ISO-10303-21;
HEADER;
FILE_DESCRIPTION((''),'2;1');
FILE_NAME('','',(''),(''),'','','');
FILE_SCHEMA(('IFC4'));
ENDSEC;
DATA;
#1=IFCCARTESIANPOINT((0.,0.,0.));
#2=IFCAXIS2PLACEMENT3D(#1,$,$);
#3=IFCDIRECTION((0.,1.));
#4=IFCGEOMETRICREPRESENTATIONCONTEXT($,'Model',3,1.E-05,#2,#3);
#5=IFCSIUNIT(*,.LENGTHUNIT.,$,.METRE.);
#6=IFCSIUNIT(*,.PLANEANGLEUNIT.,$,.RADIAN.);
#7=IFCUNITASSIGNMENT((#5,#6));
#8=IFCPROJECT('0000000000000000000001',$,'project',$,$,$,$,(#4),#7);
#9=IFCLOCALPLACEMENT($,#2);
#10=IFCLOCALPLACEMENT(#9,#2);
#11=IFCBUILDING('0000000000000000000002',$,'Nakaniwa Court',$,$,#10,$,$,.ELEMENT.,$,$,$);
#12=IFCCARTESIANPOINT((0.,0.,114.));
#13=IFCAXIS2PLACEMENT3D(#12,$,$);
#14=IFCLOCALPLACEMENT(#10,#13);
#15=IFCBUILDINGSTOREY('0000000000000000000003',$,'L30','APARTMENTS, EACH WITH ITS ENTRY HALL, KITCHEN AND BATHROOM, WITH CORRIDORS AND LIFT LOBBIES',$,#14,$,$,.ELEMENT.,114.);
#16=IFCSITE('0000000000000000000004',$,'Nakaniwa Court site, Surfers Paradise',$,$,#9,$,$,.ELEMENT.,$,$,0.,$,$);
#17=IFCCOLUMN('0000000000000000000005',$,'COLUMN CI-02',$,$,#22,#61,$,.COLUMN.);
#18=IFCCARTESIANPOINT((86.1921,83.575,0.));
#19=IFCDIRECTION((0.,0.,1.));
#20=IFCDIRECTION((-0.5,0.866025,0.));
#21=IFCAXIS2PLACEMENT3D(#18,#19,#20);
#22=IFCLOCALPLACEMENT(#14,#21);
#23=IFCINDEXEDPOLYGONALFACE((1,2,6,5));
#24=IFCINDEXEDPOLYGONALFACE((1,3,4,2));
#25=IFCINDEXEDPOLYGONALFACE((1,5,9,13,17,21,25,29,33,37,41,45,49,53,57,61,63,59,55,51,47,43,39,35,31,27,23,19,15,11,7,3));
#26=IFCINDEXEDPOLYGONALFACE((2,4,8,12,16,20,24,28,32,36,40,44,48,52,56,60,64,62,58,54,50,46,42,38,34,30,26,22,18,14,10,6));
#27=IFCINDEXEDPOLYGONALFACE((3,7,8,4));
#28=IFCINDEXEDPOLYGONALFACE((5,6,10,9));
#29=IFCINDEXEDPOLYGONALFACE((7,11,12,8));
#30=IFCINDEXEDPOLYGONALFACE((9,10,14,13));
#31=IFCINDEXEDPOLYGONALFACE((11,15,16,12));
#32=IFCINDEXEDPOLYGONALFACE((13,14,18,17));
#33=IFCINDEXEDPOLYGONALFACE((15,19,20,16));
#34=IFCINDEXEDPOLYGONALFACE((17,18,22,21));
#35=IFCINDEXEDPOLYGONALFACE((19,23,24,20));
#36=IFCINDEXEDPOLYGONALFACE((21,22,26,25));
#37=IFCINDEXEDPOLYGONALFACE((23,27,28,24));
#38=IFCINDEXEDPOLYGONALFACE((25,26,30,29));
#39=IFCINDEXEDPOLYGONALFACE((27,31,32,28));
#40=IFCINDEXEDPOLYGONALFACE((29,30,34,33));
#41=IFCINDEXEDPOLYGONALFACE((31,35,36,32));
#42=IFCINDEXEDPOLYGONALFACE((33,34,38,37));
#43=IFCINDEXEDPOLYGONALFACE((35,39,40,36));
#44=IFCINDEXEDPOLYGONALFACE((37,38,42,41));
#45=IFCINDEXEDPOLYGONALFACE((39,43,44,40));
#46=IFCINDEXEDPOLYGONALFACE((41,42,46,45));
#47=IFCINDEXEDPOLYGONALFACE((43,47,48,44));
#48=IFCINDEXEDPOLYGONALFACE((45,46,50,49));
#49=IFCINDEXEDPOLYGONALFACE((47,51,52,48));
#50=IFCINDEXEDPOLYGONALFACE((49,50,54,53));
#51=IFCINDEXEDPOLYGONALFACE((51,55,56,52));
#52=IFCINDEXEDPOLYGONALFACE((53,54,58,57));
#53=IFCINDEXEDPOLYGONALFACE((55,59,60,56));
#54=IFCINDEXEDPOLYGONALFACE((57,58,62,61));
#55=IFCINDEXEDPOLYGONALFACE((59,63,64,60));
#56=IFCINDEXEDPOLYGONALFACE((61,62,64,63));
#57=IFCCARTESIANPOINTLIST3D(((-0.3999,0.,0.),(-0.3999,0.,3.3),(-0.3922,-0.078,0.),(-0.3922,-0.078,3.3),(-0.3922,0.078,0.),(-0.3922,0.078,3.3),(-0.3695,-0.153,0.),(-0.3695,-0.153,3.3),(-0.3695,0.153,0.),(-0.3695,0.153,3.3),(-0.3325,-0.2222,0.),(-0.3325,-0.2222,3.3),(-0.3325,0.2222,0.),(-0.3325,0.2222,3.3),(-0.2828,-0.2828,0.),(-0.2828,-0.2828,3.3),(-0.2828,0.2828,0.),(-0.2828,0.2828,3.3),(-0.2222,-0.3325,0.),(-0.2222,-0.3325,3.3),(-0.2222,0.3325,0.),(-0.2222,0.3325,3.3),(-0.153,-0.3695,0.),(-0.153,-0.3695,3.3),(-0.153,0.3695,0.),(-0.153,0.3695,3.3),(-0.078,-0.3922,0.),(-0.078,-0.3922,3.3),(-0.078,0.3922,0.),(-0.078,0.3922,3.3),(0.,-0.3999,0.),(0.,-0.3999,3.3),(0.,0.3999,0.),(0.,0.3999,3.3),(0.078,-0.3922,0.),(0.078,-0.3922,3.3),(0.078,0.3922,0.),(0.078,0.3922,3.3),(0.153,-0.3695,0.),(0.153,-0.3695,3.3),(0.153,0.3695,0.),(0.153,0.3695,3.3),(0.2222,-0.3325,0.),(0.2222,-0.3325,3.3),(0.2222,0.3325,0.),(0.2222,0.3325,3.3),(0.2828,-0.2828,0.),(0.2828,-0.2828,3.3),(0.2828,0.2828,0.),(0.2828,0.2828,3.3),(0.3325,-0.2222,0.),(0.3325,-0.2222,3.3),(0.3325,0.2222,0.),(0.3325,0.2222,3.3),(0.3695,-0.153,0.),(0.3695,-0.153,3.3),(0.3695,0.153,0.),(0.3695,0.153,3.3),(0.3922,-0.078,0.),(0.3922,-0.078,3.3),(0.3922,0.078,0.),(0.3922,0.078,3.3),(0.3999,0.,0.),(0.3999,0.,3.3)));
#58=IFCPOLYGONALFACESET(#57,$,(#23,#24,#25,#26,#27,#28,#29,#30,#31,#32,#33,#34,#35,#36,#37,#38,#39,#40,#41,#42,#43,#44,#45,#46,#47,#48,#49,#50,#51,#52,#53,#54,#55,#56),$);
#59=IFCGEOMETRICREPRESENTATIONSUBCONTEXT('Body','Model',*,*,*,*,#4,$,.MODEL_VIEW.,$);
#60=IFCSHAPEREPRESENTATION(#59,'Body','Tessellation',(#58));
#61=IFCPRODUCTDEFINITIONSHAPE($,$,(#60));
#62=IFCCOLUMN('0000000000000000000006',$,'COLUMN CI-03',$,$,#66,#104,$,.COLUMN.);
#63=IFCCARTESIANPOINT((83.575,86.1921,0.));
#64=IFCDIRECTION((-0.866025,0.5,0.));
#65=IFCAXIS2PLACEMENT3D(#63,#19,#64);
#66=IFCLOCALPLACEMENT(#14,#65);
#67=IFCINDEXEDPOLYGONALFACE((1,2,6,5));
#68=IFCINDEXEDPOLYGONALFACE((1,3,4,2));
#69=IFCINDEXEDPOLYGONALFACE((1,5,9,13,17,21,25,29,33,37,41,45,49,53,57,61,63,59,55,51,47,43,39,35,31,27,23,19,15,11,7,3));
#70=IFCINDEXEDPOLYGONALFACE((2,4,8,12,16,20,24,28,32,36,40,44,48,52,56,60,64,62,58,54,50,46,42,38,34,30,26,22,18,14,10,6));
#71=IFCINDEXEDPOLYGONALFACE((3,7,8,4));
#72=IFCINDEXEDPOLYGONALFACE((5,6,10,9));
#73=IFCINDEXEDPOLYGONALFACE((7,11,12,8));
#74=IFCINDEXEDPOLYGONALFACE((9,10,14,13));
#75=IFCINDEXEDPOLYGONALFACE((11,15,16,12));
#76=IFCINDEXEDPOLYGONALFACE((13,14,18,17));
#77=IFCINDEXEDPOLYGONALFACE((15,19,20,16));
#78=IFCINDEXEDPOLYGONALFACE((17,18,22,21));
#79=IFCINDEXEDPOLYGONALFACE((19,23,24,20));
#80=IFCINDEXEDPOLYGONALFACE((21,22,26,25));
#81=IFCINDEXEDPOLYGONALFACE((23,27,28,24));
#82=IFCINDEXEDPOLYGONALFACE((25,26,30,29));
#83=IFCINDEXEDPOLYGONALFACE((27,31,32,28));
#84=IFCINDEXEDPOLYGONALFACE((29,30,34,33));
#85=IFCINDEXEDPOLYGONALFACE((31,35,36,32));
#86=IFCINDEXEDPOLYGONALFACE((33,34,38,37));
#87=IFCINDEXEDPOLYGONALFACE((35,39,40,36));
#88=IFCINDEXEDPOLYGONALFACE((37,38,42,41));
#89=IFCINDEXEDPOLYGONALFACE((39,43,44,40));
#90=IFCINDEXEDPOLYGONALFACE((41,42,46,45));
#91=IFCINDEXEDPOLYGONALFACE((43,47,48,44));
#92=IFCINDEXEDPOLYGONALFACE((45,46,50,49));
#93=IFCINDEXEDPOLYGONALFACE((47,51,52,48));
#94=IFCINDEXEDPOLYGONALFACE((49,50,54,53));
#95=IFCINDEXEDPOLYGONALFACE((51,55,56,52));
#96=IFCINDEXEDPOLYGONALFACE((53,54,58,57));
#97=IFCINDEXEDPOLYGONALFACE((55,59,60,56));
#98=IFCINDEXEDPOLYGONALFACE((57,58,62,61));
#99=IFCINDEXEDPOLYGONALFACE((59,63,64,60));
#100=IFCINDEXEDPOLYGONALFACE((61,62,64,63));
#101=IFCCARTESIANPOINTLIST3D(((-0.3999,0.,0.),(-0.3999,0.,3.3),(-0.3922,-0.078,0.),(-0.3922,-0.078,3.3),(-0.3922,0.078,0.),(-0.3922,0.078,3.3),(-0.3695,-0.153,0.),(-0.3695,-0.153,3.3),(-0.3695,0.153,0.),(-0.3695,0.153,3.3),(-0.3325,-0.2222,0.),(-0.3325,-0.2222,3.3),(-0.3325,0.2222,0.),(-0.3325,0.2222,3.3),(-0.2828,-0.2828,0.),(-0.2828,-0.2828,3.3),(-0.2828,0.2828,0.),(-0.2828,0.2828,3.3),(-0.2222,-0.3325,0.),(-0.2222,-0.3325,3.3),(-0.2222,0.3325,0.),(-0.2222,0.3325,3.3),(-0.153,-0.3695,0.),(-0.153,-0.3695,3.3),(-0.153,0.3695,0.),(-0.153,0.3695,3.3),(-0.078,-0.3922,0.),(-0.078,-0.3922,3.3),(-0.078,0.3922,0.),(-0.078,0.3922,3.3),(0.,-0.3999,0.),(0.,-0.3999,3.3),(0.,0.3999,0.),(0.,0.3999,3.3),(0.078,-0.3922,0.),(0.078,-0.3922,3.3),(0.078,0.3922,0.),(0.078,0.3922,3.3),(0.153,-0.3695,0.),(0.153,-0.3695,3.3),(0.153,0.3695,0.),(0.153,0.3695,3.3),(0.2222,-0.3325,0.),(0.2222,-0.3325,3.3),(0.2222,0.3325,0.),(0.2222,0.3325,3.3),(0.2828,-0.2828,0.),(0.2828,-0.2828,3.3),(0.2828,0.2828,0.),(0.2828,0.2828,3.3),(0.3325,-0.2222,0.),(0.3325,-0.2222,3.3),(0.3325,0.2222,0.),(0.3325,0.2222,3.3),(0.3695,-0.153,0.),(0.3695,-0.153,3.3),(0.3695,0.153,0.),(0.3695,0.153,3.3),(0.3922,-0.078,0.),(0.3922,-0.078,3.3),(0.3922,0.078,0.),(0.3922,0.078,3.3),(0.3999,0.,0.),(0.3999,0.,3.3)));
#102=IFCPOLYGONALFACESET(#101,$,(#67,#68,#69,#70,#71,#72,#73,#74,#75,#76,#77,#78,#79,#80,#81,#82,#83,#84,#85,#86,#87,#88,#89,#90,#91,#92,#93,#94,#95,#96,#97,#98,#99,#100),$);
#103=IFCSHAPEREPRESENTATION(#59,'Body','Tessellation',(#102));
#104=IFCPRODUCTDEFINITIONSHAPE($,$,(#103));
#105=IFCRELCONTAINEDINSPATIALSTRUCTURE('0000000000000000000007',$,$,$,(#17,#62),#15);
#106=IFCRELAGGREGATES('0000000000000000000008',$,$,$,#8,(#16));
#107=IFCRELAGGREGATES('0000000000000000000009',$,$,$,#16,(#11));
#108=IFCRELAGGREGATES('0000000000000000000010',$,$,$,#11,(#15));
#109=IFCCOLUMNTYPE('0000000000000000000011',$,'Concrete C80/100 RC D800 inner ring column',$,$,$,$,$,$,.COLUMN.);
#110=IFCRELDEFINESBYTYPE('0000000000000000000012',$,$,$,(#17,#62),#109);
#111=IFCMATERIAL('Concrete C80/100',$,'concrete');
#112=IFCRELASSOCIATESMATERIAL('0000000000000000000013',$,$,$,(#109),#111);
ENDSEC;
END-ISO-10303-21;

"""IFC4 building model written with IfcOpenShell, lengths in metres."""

from ifc_helpers import new_model, si_unit, direction, frame, origin, origin_2d, place, context, subcontext, project, spatial, circle, extrude, material, material_profile, profile_set, type_object, element, save


model = new_model("IFC4")

# Units and contexts
model_context = context("Model", 3, precision=1e-05, world=origin(), true_north=direction((0.0, 1.0)))
body_context = subcontext(model_context, "Body", "Model", "MODEL_VIEW")
ifc_project = project(units=[si_unit("LENGTHUNIT", "METRE"), si_unit("PLANEANGLEUNIT", "RADIAN")], contexts=[model_context])

# Site, building, storey
site_placement = place(None, origin())
site = spatial("IfcSite", under=ifc_project, at=site_placement, Name="Nakaniwa Court site, Surfers Paradise", CompositionType="ELEMENT", RefElevation=0.0)
building_placement = place(site_placement, origin())
building = spatial("IfcBuilding", under=site, at=building_placement, Name="Nakaniwa Court", CompositionType="ELEMENT")
storey_placement = place(building_placement, frame((0.0, 0.0, 114.0)))
storey = spatial("IfcBuildingStorey", under=building, at=storey_placement, Name="L30", Description="APARTMENTS, EACH WITH ITS ENTRY HALL, KITCHEN AND BATHROOM, WITH CORRIDORS AND LIFT LOBBIES", CompositionType="ELEMENT", Elevation=114.0)

# Columns
ifc_material_1 = material(Name="Concrete C80/100", Category="concrete")
ifc_material_profile_1 = material_profile(ifc_material_1, circle(Radius=0.3999, at=origin_2d()), Name="Concrete C80/100 RC D800 inner ring column")
ifc_profile_set_1 = profile_set([ifc_material_profile_1], Name="Concrete C80/100")
column_type = type_object("IfcColumnType", Name="Concrete C80/100 RC D800 inner ring column", PredefinedType="COLUMN", material=ifc_profile_set_1)
for number, where, z_axis, x_axis, name in (
    (1, (86.1921, 83.575, 0.0), (0.0, 0.0, 1.0), (-0.5, 0.866025, 0.0), "COLUMN CI-02"),
    (2, (83.575, 86.1921, 0.0), (0.0, 0.0, 1.0), (-0.866025, 0.5, 0.0), "COLUMN CI-03"),
):
    element("IfcColumn", number, at=place(storey_placement, frame(where, z_axis=z_axis, x_axis=x_axis)), inside=storey, type_object=column_type, Name=name, PredefinedType="COLUMN", context=body_context, shape_type="SweptSolid", body=[
        extrude(circle(Radius=0.3999, at=origin_2d()), origin(), (0.0, 0.0, 1.0), 3.3),
    ])

save(model, "model.ifc")
